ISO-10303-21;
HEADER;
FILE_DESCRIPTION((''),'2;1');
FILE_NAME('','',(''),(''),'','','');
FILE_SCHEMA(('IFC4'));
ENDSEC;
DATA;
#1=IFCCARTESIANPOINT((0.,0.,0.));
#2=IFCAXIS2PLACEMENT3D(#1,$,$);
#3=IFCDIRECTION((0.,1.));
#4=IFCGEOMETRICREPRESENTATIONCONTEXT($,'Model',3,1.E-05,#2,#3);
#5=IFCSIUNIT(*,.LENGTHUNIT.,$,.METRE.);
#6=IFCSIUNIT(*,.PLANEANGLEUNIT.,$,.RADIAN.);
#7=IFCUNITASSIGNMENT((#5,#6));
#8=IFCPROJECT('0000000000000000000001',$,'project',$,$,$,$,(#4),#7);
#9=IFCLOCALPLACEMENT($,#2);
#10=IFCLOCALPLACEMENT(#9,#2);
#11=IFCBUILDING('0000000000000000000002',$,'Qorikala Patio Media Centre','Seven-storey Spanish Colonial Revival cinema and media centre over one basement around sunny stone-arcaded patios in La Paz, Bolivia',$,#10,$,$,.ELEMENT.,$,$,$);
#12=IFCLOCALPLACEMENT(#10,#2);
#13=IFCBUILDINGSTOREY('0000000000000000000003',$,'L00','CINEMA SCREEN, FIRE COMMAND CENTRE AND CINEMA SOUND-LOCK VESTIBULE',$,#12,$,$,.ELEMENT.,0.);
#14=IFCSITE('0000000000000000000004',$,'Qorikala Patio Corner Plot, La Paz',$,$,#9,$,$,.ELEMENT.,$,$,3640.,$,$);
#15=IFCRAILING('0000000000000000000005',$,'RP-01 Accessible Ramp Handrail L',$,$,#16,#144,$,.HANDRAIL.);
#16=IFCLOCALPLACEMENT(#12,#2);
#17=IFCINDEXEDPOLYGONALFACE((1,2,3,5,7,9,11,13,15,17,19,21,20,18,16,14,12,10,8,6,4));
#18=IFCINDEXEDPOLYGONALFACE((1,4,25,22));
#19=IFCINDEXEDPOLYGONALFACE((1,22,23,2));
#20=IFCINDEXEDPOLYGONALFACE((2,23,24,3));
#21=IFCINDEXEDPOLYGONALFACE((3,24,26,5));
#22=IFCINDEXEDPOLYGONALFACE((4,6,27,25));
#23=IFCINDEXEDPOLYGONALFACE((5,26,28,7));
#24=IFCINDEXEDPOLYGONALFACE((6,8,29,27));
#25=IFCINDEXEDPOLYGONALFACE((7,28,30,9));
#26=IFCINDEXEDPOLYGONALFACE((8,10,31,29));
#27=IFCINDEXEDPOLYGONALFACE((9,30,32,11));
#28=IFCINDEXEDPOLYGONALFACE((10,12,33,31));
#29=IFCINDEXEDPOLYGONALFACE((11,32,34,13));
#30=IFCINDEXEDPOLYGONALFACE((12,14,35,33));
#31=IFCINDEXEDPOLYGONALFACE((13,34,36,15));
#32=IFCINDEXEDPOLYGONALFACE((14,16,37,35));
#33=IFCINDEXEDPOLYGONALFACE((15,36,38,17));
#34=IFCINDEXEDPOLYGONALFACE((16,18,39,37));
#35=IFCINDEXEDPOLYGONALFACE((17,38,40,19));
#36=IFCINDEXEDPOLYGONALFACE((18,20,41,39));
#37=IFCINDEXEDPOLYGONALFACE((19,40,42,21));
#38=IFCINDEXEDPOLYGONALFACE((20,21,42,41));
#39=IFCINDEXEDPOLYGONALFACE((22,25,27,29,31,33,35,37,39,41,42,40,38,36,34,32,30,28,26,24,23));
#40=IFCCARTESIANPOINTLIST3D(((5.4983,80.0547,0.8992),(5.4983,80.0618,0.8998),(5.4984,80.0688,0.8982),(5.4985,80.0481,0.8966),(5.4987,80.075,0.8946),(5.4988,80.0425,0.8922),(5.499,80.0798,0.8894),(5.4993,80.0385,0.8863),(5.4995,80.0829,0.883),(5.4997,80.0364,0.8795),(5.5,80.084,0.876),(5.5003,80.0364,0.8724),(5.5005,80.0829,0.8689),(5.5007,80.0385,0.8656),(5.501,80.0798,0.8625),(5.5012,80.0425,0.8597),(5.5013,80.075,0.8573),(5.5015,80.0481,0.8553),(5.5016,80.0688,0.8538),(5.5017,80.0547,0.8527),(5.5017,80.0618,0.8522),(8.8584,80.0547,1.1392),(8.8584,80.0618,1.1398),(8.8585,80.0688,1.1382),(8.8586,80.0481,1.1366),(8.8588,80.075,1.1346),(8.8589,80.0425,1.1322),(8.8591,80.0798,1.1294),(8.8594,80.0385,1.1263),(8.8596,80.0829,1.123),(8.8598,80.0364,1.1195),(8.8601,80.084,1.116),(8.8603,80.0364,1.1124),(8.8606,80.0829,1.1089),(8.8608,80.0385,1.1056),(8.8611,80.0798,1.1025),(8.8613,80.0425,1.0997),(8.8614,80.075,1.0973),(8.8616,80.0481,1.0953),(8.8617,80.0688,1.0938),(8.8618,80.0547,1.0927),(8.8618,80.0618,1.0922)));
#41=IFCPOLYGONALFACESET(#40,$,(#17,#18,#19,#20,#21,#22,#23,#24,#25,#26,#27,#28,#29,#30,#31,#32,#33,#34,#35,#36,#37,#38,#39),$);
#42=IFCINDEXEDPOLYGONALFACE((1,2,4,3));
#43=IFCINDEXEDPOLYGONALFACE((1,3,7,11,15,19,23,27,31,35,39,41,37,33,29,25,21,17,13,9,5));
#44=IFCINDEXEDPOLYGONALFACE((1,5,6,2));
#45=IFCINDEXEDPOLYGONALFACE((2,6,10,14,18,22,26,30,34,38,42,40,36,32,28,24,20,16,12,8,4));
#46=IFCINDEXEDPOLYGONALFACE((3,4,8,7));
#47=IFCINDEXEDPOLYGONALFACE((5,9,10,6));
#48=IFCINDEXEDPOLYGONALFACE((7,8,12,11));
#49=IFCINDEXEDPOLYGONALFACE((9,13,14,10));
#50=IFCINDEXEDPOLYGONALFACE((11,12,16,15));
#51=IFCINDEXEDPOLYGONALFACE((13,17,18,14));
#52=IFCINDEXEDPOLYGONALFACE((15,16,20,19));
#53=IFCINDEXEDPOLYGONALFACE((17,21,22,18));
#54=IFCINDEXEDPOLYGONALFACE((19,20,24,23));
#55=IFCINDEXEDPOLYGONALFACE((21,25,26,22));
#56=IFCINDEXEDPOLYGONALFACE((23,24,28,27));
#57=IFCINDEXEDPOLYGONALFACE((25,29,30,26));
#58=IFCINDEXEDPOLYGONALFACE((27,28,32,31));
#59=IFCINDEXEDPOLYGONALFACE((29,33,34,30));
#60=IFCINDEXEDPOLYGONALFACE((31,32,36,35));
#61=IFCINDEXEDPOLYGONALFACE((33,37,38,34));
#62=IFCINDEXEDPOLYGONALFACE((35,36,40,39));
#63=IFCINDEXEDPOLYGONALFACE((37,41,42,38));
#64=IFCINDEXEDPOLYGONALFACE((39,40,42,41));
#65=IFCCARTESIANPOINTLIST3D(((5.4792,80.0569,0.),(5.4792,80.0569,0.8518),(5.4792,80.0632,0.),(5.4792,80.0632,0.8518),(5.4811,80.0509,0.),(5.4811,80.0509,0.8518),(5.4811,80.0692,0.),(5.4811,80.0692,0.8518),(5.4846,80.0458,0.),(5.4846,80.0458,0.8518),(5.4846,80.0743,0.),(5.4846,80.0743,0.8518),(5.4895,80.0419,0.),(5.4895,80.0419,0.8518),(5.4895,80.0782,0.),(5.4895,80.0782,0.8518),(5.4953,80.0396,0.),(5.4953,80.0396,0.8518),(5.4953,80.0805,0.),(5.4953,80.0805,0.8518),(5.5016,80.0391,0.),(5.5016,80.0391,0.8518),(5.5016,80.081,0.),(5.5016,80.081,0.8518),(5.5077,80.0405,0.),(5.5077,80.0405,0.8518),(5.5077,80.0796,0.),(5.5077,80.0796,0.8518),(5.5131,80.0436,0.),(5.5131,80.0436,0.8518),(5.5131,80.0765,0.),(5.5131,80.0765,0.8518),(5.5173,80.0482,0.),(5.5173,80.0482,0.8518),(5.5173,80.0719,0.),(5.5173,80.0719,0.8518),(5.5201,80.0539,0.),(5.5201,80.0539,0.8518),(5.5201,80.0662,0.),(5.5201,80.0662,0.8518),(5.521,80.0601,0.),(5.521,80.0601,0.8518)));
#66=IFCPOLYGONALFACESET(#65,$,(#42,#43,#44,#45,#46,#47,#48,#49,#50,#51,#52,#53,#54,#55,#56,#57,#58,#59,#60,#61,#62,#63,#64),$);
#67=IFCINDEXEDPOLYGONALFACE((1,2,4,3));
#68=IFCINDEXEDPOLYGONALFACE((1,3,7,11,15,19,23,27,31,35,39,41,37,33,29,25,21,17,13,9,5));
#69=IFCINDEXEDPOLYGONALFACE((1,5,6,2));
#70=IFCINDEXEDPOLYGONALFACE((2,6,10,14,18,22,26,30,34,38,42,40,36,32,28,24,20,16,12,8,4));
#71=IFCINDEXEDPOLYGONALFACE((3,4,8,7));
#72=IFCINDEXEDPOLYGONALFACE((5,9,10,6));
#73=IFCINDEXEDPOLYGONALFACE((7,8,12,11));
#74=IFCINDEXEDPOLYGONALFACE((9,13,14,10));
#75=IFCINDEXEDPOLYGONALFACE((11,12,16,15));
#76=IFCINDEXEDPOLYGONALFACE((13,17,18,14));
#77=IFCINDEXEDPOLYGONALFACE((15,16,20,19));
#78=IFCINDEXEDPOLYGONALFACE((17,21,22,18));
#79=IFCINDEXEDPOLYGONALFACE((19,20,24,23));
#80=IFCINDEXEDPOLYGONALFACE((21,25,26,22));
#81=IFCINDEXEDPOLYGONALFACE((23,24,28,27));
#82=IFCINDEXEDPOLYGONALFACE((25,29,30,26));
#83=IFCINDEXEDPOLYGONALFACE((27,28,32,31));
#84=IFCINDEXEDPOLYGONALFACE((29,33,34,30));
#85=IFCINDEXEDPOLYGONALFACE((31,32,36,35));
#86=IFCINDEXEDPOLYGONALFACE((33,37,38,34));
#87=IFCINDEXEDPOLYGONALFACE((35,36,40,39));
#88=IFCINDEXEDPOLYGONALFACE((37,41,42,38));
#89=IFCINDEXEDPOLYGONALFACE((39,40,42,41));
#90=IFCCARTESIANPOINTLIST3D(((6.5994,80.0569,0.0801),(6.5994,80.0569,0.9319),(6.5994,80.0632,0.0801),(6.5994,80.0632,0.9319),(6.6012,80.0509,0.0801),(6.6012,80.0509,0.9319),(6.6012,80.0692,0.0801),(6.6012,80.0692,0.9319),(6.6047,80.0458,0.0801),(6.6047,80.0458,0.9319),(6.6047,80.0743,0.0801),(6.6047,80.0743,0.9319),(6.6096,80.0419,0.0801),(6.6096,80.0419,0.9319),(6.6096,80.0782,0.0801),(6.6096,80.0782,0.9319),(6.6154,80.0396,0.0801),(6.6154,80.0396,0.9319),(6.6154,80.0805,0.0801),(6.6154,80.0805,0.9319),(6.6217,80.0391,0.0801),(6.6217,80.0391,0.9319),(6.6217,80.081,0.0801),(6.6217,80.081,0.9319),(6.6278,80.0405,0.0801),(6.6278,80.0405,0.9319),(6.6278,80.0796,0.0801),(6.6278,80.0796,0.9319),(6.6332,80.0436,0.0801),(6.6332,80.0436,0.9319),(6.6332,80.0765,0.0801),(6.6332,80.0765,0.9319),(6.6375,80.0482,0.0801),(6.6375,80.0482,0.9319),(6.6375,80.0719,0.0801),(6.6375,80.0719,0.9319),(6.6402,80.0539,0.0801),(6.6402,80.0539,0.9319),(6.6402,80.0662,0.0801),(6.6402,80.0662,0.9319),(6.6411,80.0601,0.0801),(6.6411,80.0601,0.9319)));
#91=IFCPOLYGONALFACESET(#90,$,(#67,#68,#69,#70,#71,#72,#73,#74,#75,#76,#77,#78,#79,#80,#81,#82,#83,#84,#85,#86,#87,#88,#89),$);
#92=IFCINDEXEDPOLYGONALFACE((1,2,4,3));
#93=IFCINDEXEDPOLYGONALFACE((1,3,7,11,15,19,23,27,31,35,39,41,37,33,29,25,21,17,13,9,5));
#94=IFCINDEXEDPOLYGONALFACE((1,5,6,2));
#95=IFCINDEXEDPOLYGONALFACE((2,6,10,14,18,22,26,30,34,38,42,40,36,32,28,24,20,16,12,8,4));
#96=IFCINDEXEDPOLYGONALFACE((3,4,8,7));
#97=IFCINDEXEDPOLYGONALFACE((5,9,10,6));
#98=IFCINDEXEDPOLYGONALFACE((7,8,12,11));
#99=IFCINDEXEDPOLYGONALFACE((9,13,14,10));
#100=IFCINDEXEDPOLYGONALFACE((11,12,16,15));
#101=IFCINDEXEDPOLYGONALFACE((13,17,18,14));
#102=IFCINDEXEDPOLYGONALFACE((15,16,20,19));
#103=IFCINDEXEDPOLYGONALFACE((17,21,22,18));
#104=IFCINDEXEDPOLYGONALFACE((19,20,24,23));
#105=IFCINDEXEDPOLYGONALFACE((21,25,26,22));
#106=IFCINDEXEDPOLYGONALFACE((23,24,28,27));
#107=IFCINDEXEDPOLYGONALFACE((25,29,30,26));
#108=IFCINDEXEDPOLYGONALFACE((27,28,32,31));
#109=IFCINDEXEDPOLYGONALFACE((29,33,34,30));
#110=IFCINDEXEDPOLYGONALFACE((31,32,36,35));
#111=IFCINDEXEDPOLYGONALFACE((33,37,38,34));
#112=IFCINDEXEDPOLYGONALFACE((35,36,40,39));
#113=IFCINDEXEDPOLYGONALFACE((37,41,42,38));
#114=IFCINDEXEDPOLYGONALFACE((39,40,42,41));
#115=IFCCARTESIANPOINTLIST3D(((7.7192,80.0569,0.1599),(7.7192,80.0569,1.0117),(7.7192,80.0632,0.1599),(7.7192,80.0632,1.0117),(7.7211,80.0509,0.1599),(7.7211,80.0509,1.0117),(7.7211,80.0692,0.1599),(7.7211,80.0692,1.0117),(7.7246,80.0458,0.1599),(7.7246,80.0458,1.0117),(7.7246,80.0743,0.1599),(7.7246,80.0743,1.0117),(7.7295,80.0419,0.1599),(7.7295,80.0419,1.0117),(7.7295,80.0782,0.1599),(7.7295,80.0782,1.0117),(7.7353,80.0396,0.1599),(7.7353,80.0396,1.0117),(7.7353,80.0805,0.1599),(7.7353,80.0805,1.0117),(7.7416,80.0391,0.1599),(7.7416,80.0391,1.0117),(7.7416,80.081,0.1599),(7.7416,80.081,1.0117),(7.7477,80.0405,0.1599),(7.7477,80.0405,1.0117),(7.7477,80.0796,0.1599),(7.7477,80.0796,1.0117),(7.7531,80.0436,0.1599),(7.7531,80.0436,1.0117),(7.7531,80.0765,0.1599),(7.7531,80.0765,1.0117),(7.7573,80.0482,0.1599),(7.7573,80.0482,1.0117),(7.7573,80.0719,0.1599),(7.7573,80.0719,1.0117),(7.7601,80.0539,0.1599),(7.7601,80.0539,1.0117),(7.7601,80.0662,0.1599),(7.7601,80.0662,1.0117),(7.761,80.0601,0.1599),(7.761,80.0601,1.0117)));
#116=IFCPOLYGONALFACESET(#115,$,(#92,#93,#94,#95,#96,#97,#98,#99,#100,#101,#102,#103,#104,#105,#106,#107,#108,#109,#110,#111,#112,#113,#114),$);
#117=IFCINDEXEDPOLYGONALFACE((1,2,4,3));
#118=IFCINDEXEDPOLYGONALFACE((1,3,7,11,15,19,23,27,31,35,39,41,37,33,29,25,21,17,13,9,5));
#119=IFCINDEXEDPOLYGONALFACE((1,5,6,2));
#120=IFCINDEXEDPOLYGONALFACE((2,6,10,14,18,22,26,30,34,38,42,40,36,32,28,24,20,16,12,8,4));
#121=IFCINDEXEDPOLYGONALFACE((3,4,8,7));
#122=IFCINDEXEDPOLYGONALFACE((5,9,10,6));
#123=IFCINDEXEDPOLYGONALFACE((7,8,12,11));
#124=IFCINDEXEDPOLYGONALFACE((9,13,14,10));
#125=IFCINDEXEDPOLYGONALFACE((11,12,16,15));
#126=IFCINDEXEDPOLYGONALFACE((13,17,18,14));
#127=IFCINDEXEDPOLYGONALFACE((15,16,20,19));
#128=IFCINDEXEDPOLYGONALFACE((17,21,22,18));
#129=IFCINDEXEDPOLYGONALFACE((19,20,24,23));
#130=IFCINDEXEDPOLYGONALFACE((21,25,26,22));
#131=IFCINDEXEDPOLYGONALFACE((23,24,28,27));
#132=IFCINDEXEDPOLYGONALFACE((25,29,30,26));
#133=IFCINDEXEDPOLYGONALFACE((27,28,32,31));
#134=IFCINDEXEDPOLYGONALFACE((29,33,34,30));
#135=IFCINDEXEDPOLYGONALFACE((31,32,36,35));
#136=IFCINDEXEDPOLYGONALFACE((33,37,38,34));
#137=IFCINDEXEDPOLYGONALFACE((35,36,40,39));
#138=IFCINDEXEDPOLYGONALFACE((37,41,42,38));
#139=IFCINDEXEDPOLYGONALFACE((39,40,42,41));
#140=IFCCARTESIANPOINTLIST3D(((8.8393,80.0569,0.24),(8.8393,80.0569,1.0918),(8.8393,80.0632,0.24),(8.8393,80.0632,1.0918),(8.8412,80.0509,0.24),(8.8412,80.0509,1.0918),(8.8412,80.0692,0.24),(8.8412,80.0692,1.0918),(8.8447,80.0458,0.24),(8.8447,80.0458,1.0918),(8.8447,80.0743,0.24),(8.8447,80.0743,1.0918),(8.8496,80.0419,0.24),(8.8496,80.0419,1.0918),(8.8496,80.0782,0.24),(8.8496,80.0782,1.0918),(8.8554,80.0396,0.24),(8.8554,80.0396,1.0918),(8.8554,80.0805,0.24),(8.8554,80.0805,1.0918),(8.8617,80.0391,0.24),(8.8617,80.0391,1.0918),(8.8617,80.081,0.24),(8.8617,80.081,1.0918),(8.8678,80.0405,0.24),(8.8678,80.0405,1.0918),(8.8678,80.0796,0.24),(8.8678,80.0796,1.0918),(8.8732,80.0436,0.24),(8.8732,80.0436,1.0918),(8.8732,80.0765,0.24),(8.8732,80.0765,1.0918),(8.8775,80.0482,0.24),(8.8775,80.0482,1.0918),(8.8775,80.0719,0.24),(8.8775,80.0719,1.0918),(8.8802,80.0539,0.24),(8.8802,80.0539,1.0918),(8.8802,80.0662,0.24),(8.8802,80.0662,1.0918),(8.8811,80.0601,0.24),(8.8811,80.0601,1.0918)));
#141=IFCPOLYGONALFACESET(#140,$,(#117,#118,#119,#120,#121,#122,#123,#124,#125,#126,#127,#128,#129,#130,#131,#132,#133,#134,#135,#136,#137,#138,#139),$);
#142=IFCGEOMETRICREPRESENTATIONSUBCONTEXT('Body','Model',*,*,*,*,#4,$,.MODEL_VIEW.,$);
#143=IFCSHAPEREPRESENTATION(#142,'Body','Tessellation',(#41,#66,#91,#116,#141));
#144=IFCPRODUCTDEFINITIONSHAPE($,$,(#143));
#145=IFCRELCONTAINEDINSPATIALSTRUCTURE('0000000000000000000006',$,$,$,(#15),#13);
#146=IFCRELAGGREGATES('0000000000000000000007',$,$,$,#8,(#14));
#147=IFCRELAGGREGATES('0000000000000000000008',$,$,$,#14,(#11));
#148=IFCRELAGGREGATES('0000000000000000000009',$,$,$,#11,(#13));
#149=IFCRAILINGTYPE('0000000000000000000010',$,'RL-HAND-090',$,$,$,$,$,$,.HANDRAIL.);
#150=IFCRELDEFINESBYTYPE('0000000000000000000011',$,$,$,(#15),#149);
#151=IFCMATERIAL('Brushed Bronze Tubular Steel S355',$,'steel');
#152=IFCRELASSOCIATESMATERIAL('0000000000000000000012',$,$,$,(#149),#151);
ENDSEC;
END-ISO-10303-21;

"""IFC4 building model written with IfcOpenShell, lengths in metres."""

from ifc_helpers import new_model, si_unit, direction, frame, origin, origin_2d, place, context, subcontext, project, spatial, circle, extrude, material, type_object, element, save


model = new_model("IFC4")

# Units and contexts
model_context = context("Model", 3, precision=1e-05, world=origin(), true_north=direction((0.0, 1.0)))
body_context = subcontext(model_context, "Body", "Model", "MODEL_VIEW")
ifc_project = project(units=[si_unit("LENGTHUNIT", "METRE"), si_unit("PLANEANGLEUNIT", "RADIAN")], contexts=[model_context])

# Site, building, storey
site_placement = place(None, origin())
site = spatial("IfcSite", under=ifc_project, at=site_placement, Name="Qorikala Patio Corner Plot, La Paz", CompositionType="ELEMENT", RefElevation=3640.0)
building_placement = place(site_placement, origin())
building = spatial("IfcBuilding", under=site, at=building_placement, Name="Qorikala Patio Media Centre", Description="Seven-storey Spanish Colonial Revival cinema and media centre over one basement around sunny stone-arcaded patios in La Paz, Bolivia", CompositionType="ELEMENT")
storey_placement = place(building_placement, origin())
storey = spatial("IfcBuildingStorey", under=building, at=storey_placement, Name="L00", Description="CINEMA SCREEN, FIRE COMMAND CENTRE AND CINEMA SOUND-LOCK VESTIBULE", CompositionType="ELEMENT", Elevation=0.0)

# Railing
ifc_material_1 = material(Name="Brushed Bronze Tubular Steel S355", Category="steel")
railing_type = type_object("IfcRailingType", Name="RL-HAND-090", PredefinedType="HANDRAIL", material=ifc_material_1)
for number, where, name in (
    (1, (5.5, 80.0601, 0.0), "RP-01 Accessible Ramp Handrail L"),
):
    element("IfcRailing", number, at=place(storey_placement, frame(where)), inside=storey, type_object=railing_type, Name=name, PredefinedType="HANDRAIL", context=body_context, shape_type="SweptSolid", body=[
        extrude(circle(Radius=0.0239, at=origin_2d()), frame((0.0, 0.0, 0.876), z_axis=(0.997459, 0.0, 0.071242), x_axis=(0.0, 1.0, 0.0)), (0.0, 0.0, 1.0), 3.3687),
        extrude(circle(Radius=0.021, at=origin_2d()), origin(), (0.0, 0.0, 1.0), 0.8518),
        extrude(circle(Radius=0.021, at=origin_2d()), frame((1.1201, 0.0, 0.0801)), (0.0, 0.0, 1.0), 0.8518),
        extrude(circle(Radius=0.021, at=origin_2d()), frame((2.24, 0.0, 0.1599)), (0.0, 0.0, 1.0), 0.8518),
        extrude(circle(Radius=0.021, at=origin_2d()), frame((3.3601, 0.0, 0.24)), (0.0, 0.0, 1.0), 0.8518),
    ])

save(model, "model.ifc")
